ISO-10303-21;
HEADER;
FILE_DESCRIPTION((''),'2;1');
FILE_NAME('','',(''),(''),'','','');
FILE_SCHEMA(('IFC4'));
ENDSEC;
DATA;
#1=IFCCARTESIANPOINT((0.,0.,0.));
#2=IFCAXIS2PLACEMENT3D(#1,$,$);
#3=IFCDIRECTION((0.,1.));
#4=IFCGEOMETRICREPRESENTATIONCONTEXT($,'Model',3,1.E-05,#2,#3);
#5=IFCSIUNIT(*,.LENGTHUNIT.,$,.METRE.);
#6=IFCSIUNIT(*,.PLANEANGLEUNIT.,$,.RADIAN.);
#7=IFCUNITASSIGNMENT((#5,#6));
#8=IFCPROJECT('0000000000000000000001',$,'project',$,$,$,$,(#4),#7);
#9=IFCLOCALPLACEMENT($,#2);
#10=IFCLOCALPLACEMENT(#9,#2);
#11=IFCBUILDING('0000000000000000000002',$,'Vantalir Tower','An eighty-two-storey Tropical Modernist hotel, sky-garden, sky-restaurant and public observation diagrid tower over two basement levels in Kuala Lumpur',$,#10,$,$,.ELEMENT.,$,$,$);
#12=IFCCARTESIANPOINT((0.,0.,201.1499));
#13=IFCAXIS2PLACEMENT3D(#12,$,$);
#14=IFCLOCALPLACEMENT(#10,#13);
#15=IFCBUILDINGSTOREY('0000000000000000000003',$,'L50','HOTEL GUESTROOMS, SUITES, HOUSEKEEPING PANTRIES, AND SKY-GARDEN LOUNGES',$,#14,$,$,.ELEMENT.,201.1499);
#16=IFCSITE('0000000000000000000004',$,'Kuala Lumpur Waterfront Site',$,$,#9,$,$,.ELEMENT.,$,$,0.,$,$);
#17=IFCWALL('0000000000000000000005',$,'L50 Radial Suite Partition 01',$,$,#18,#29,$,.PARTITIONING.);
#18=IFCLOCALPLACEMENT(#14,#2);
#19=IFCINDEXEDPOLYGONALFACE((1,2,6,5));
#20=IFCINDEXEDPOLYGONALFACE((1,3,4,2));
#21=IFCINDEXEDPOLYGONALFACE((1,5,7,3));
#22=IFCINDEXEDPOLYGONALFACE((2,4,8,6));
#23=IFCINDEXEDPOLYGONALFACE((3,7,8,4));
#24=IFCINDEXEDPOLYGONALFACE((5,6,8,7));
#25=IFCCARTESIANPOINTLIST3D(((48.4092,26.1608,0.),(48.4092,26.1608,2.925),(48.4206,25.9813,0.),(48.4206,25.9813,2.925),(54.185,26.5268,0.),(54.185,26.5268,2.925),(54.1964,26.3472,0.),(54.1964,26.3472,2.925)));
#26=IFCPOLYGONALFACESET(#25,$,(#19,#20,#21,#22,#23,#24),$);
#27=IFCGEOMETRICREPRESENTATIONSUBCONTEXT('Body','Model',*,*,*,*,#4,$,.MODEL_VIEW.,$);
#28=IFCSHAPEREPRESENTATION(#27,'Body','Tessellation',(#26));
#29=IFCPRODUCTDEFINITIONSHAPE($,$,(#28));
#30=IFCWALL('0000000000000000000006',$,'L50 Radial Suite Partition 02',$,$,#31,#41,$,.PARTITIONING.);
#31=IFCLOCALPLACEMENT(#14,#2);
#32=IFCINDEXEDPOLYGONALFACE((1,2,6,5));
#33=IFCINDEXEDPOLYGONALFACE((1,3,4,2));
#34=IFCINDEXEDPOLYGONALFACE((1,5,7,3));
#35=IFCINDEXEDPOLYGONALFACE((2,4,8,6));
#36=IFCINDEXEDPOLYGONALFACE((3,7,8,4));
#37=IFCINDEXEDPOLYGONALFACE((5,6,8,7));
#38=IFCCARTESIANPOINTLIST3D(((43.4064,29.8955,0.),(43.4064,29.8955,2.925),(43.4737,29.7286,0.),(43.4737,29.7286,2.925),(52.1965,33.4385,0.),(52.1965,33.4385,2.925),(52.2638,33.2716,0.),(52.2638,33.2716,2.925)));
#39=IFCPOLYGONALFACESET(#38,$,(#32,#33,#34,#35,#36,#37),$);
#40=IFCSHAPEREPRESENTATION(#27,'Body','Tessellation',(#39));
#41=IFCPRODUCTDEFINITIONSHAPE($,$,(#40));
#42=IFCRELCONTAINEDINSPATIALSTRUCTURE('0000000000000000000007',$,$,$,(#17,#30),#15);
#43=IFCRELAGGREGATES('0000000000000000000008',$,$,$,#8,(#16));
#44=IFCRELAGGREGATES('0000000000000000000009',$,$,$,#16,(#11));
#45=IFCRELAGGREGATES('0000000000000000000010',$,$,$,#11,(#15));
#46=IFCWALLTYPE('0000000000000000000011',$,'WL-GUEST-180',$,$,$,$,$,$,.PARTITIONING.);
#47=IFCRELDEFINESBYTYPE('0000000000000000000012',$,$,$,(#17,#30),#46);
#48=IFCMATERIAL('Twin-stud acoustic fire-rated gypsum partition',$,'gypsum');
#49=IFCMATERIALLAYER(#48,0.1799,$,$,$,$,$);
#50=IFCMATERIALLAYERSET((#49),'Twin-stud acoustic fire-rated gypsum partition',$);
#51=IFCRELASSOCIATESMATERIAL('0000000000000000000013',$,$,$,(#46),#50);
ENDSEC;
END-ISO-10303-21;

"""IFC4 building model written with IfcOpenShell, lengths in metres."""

from ifc_helpers import new_model, si_unit, direction, frame, frame_2d, origin, place, context, subcontext, project, spatial, rectangle, extrude, material, layer, layer_set, type_object, element, save


model = new_model("IFC4")

# Units and contexts
model_context = context("Model", 3, precision=1e-05, world=origin(), true_north=direction((0.0, 1.0)))
body_context = subcontext(model_context, "Body", "Model", "MODEL_VIEW")
ifc_project = project(units=[si_unit("LENGTHUNIT", "METRE"), si_unit("PLANEANGLEUNIT", "RADIAN")], contexts=[model_context])

# Site, building, storey
site_placement = place(None, origin())
site = spatial("IfcSite", under=ifc_project, at=site_placement, Name="Kuala Lumpur Waterfront Site", CompositionType="ELEMENT", RefElevation=0.0)
building_placement = place(site_placement, origin())
building = spatial("IfcBuilding", under=site, at=building_placement, Name="Vantalir Tower", Description="An eighty-two-storey Tropical Modernist hotel, sky-garden, sky-restaurant and public observation diagrid tower over two basement levels in Kuala Lumpur", CompositionType="ELEMENT")
storey_placement = place(building_placement, frame((0.0, 0.0, 201.1499)))
storey = spatial("IfcBuildingStorey", under=building, at=storey_placement, Name="L50", Description="HOTEL GUESTROOMS, SUITES, HOUSEKEEPING PANTRIES, AND SKY-GARDEN LOUNGES", CompositionType="ELEMENT", Elevation=201.1499)

# Walls
ifc_material_1 = material(Name="Twin-stud acoustic fire-rated gypsum partition", Category="gypsum")
ifc_layer_1 = layer(ifc_material_1, 0.1799)
ifc_layer_set_1 = layer_set([ifc_layer_1], Name="Twin-stud acoustic fire-rated gypsum partition")
wall_type_1 = type_object("IfcWallType", Name="WL-GUEST-180", PredefinedType="PARTITIONING", material=ifc_layer_set_1)
wall_1_placement = place(storey_placement, frame((48.415, 26.071, 0.0), z_axis=(0.0, 0.0, 1.0), x_axis=(0.997999, 0.063234, 0.0)))
element("IfcWall", 1, at=wall_1_placement, inside=storey, type_object=wall_type_1, Name="L50 Radial Suite Partition 01", PredefinedType="PARTITIONING", context=body_context, shape_type="SweptSolid", body=[
    extrude(rectangle(XDim=5.7874, YDim=0.1799, at=frame_2d((2.8936, 0.0))), origin(), (0.0, 0.0, 1.0), 2.925),
])
wall_2_placement = place(storey_placement, frame((43.4399, 29.812, 0.0), z_axis=(0.0, 0.0, 1.0), x_axis=(0.927493, 0.373841, 0.0)))
element("IfcWall", 2, at=wall_2_placement, inside=storey, type_object=wall_type_1, Name="L50 Radial Suite Partition 02", PredefinedType="PARTITIONING", context=body_context, shape_type="SweptSolid", body=[
    extrude(rectangle(XDim=9.4773, YDim=0.1799, at=frame_2d((4.7388, 0.0))), origin(), (0.0, 0.0, 1.0), 2.925),
])

save(model, "model.ifc")
